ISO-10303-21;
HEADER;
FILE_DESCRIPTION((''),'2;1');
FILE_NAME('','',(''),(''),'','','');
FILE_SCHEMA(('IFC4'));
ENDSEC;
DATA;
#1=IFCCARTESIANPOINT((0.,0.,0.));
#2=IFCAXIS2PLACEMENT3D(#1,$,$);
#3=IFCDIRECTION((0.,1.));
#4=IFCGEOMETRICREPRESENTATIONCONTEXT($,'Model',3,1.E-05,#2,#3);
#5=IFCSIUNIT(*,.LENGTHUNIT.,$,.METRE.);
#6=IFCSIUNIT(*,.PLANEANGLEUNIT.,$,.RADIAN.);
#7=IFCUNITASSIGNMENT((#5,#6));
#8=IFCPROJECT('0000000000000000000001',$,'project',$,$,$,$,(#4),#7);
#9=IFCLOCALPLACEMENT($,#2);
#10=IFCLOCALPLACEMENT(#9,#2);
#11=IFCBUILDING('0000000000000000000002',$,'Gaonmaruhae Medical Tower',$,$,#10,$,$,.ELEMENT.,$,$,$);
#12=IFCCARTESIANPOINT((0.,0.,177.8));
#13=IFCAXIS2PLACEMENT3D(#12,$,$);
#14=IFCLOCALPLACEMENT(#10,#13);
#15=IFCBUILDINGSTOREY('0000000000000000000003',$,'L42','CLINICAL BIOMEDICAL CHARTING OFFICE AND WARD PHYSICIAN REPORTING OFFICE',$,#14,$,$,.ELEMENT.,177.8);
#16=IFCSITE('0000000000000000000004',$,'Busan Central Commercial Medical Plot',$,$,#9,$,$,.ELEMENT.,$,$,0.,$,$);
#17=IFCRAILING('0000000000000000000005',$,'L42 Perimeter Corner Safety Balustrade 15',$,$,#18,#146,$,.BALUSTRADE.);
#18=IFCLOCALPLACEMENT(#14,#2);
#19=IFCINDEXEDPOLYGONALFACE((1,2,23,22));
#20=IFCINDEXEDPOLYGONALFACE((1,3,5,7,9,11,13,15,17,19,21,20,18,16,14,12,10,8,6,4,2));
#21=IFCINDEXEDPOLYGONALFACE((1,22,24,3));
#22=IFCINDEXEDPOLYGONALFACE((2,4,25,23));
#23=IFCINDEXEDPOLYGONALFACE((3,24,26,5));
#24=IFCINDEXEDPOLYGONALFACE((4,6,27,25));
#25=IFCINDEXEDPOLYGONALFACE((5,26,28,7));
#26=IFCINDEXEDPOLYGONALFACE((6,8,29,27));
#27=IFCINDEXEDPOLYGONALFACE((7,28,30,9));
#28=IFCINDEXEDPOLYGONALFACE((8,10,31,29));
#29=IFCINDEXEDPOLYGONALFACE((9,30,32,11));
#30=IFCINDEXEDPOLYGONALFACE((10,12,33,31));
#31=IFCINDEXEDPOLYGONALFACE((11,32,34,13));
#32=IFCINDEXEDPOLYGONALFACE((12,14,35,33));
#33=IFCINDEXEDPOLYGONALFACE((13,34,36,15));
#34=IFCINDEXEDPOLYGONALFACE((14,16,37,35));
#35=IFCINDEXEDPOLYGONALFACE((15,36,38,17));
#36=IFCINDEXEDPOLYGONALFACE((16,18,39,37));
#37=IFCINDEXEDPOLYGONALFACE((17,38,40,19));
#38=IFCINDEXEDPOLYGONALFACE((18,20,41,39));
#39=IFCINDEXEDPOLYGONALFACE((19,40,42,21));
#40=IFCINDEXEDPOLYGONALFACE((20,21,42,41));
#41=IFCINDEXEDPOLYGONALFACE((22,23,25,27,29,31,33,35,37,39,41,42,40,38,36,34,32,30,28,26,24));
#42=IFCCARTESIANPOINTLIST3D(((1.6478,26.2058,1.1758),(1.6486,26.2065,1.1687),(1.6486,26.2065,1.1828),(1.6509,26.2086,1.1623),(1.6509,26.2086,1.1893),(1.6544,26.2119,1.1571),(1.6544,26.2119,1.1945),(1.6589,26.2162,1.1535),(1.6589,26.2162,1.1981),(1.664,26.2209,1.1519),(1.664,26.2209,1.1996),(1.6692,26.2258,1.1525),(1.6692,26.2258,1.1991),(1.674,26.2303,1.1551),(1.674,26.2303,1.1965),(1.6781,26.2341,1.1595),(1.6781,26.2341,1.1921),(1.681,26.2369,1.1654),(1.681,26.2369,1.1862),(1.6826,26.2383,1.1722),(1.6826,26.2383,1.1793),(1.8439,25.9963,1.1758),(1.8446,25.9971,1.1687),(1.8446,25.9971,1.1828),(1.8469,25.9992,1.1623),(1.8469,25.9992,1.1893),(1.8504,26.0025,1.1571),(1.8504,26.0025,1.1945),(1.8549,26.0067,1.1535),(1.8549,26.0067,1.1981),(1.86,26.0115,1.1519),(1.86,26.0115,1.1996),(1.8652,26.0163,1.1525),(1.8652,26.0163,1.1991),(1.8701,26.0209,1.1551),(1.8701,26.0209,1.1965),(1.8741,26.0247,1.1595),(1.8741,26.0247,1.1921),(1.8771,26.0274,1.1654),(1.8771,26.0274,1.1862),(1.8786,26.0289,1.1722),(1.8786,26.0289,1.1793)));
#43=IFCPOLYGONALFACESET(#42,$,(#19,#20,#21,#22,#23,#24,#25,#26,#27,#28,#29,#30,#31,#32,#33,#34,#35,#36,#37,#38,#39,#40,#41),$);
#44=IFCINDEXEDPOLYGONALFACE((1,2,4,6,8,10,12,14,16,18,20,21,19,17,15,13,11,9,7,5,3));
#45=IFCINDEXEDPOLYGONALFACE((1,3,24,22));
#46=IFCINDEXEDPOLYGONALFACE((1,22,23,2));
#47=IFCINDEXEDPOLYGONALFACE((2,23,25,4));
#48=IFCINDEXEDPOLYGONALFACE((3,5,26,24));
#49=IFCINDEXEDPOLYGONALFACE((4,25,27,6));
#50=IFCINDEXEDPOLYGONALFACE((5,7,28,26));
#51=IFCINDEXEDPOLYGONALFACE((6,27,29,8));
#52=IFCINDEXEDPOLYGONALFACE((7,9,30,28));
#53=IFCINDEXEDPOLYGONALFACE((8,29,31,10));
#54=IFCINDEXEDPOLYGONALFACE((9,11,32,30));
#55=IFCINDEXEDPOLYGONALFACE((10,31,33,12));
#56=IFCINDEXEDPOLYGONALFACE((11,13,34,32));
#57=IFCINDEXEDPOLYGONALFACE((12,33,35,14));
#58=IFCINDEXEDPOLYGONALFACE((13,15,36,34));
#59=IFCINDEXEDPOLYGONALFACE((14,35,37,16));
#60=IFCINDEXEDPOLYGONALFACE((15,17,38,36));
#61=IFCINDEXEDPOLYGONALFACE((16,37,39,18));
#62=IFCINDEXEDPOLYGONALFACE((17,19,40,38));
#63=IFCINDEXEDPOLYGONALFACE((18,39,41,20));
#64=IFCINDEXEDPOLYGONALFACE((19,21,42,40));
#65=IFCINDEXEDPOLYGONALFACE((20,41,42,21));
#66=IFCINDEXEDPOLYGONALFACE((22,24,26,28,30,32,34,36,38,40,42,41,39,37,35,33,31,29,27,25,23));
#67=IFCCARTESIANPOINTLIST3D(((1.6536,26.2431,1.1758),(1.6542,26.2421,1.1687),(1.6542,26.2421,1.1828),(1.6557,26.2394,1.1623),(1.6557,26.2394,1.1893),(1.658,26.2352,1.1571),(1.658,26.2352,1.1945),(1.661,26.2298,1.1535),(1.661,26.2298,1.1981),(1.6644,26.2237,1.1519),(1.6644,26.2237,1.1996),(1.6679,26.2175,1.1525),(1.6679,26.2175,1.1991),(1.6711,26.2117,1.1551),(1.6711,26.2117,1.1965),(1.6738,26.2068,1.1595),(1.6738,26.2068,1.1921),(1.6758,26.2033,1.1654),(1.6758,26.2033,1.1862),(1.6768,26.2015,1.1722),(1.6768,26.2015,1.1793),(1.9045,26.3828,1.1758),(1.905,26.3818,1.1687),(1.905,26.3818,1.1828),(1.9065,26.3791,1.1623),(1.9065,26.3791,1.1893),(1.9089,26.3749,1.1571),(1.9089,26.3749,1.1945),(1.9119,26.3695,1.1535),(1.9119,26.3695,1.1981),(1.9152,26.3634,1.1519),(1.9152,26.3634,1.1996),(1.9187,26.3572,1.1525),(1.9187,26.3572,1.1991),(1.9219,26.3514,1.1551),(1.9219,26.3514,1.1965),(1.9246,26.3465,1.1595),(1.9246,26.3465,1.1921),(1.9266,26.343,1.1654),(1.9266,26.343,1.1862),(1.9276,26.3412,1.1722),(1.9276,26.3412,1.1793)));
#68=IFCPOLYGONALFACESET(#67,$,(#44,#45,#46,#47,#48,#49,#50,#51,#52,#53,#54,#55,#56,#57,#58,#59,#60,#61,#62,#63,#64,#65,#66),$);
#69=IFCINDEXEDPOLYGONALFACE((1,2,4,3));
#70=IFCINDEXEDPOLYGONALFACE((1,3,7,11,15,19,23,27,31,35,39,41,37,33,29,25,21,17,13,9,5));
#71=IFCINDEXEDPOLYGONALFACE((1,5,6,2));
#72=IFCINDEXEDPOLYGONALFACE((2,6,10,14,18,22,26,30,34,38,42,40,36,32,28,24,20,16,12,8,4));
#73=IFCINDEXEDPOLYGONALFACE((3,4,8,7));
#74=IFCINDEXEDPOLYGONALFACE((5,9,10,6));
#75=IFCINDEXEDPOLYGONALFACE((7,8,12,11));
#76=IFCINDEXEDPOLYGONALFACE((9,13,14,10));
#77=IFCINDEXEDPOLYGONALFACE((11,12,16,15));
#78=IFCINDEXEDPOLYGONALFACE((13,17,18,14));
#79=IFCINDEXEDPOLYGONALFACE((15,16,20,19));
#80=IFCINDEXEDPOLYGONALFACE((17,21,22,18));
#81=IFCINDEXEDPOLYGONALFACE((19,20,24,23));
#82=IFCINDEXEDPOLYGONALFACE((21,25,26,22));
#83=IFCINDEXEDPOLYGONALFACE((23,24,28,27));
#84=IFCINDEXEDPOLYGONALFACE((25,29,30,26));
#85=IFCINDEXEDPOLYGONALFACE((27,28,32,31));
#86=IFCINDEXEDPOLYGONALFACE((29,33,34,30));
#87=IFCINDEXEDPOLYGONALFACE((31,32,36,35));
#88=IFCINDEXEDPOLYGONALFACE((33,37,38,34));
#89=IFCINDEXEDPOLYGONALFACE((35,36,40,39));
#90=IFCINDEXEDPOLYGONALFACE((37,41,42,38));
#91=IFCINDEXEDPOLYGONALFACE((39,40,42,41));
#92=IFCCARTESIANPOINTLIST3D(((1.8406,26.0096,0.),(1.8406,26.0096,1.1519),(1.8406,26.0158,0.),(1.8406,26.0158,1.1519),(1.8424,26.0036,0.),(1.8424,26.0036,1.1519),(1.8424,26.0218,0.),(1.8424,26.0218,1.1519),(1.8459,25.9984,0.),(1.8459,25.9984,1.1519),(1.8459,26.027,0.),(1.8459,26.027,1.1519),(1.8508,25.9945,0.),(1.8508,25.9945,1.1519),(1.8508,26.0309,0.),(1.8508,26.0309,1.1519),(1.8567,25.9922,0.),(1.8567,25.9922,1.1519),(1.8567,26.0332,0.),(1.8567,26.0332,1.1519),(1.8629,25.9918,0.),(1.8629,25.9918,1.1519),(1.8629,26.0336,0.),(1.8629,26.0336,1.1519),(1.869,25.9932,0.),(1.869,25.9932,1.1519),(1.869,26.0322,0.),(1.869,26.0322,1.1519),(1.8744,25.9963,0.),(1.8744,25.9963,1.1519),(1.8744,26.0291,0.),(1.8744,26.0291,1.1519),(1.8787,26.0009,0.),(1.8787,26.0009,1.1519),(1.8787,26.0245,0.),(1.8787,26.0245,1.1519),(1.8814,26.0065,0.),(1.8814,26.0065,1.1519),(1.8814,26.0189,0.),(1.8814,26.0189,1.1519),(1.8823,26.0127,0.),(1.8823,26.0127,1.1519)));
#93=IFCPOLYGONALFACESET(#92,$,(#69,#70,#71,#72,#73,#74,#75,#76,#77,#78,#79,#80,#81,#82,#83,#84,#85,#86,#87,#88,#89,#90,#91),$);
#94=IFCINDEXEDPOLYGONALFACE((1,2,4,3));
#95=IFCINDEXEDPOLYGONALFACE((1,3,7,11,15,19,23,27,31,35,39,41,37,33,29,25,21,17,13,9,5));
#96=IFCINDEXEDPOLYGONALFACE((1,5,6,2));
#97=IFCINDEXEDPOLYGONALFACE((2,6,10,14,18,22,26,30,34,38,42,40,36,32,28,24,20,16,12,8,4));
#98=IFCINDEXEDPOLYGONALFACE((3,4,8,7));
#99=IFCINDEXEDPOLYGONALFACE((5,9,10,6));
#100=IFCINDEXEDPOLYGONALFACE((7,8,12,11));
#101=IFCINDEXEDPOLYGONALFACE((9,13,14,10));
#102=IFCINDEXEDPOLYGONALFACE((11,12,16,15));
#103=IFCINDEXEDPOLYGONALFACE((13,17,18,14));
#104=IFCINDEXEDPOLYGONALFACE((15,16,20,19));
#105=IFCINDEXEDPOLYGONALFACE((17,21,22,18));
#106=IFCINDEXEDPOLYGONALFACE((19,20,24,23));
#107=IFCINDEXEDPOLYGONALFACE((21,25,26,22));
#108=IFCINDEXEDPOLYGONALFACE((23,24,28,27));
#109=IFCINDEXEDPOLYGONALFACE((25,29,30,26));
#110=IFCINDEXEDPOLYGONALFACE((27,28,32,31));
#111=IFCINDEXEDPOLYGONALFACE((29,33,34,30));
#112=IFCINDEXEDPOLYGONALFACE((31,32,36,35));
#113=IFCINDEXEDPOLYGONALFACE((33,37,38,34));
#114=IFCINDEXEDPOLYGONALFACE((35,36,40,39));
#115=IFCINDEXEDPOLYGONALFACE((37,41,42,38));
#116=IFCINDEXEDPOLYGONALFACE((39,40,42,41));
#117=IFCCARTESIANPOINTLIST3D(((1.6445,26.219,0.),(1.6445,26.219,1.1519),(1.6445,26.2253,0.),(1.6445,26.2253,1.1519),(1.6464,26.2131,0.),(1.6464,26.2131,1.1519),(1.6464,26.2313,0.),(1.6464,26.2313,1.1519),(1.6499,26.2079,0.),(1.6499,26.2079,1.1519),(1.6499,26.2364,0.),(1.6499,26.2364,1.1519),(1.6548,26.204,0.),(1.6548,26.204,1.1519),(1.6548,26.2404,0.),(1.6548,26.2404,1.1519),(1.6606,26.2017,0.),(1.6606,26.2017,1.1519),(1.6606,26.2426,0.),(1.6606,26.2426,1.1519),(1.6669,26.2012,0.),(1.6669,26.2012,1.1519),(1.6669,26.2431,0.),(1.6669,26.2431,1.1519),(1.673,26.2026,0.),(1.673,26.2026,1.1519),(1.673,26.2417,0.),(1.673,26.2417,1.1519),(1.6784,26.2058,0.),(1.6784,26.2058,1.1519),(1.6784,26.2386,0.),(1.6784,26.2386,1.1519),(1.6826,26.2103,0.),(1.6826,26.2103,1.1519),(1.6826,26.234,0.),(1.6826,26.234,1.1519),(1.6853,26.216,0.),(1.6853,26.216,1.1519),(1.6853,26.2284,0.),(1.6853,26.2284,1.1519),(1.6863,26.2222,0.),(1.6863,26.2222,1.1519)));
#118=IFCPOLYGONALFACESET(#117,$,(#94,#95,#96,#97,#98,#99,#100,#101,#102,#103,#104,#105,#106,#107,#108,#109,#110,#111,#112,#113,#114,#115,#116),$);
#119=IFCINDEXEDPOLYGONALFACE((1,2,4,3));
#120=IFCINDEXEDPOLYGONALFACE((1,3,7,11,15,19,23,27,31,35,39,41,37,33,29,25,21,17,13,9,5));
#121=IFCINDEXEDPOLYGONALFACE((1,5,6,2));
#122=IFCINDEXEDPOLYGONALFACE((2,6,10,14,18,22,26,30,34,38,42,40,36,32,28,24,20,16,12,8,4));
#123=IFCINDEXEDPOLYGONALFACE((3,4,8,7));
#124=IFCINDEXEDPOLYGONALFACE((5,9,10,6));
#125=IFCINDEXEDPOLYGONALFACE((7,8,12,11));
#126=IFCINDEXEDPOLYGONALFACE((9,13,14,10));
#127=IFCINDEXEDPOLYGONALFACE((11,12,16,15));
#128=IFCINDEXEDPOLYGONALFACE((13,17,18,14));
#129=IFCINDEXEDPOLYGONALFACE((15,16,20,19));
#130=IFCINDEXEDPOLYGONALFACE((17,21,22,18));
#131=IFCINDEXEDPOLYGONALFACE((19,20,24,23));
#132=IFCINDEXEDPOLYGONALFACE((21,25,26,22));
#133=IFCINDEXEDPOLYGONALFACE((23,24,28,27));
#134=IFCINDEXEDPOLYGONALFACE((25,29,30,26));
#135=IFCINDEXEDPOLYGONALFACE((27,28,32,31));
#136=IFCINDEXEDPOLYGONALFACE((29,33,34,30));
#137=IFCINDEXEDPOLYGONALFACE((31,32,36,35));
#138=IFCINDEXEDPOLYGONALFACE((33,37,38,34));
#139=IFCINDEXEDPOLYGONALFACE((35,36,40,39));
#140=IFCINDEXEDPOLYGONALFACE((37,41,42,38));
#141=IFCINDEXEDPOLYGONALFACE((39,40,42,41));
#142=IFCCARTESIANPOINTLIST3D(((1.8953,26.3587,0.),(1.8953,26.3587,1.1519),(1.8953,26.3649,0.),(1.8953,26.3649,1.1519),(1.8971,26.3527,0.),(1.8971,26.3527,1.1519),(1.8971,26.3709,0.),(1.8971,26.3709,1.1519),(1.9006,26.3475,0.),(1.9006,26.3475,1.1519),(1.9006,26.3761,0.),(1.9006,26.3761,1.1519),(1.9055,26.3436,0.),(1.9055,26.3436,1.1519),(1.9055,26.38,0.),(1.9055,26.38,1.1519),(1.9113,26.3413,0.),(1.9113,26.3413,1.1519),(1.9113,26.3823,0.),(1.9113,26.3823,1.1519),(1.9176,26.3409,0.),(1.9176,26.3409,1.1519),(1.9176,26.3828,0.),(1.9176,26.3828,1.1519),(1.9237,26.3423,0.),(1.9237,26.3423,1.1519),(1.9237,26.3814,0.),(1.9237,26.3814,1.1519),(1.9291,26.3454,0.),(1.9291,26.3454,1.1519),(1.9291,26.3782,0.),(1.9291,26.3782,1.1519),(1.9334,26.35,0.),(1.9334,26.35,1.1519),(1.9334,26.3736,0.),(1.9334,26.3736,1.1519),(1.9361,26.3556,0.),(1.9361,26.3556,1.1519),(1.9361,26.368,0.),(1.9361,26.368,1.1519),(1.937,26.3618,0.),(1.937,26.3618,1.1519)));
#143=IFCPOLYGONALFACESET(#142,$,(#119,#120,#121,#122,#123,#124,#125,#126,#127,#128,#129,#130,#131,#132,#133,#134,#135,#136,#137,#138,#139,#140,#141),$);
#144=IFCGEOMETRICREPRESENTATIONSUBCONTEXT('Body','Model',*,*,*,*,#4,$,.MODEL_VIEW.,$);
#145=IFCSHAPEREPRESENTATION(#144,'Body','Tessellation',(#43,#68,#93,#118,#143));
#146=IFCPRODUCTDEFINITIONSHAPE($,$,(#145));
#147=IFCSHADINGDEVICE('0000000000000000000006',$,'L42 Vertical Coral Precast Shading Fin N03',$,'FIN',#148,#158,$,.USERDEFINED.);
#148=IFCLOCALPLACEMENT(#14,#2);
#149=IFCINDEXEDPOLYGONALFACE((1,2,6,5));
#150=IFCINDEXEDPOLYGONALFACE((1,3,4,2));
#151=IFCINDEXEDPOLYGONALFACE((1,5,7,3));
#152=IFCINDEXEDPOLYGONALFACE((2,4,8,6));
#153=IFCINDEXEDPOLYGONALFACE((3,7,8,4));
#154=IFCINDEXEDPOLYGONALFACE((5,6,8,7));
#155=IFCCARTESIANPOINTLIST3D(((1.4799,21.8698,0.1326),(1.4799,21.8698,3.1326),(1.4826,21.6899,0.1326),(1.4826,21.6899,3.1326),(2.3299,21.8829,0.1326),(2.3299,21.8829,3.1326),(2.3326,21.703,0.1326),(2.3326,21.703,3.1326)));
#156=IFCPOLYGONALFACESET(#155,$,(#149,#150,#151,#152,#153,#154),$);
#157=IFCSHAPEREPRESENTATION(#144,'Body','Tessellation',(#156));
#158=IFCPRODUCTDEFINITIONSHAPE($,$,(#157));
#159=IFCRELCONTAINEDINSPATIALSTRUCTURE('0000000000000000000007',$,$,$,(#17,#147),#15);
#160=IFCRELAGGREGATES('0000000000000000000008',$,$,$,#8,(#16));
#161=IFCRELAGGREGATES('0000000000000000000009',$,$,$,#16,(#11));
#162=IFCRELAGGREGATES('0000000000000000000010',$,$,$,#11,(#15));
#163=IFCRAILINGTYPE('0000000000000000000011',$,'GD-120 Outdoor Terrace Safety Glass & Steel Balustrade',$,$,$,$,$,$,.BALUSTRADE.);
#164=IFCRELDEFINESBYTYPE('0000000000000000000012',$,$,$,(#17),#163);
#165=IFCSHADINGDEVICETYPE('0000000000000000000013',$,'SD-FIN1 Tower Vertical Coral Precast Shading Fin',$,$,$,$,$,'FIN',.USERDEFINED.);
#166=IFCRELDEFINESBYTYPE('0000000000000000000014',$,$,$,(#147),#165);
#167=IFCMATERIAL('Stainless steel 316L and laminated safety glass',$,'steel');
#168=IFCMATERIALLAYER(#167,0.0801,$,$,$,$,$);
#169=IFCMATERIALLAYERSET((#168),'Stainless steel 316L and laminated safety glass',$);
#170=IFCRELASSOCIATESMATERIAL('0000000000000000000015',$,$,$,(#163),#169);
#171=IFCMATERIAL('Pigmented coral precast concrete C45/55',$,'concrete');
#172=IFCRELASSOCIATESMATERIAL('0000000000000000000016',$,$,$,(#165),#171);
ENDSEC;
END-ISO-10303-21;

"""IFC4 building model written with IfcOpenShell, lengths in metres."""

from ifc_helpers import new_model, si_unit, direction, frame, origin, origin_2d, place, context, subcontext, project, spatial, rectangle, circle, extrude, material, layer, layer_set, type_object, element, save


model = new_model("IFC4")

# Units and contexts
model_context = context("Model", 3, precision=1e-05, world=origin(), true_north=direction((0.0, 1.0)))
body_context = subcontext(model_context, "Body", "Model", "MODEL_VIEW")
ifc_project = project(units=[si_unit("LENGTHUNIT", "METRE"), si_unit("PLANEANGLEUNIT", "RADIAN")], contexts=[model_context])

# Site, building, storey
site_placement = place(None, origin())
site = spatial("IfcSite", under=ifc_project, at=site_placement, Name="Busan Central Commercial Medical Plot", CompositionType="ELEMENT", RefElevation=0.0)
building_placement = place(site_placement, origin())
building = spatial("IfcBuilding", under=site, at=building_placement, Name="Gaonmaruhae Medical Tower", CompositionType="ELEMENT")
storey_placement = place(building_placement, frame((0.0, 0.0, 177.8)))
storey = spatial("IfcBuildingStorey", under=building, at=storey_placement, Name="L42", Description="CLINICAL BIOMEDICAL CHARTING OFFICE AND WARD PHYSICIAN REPORTING OFFICE", CompositionType="ELEMENT", Elevation=177.8)

# Railing
ifc_material_1 = material(Name="Stainless steel 316L and laminated safety glass", Category="steel")
ifc_layer_1 = layer(ifc_material_1, 0.0801)
ifc_layer_set_1 = layer_set([ifc_layer_1], Name="Stainless steel 316L and laminated safety glass")
railing_type = type_object("IfcRailingType", Name="GD-120 Outdoor Terrace Safety Glass & Steel Balustrade", PredefinedType="BALUSTRADE", material=ifc_layer_set_1)
railing_1_placement = place(storey_placement, frame((1.8613, 26.0127, 0.0)))
element("IfcRailing", 1, at=railing_1_placement, inside=storey, type_object=railing_type, Name="L42 Perimeter Corner Safety Balustrade 15", PredefinedType="BALUSTRADE", context=body_context, shape_type="SweptSolid", body=[
    extrude(circle(Radius=0.0239, at=origin_2d()), frame((0.0, 0.0, 1.1758), z_axis=(-0.683318, 0.730121, 0.0), x_axis=(-0.730121, -0.683318, 0.0)), (0.0, 0.0, 1.0), 0.2869),
    extrude(circle(Radius=0.0239, at=origin_2d()), frame((-0.196, 0.2095, 1.1758), z_axis=(0.873635, 0.486582, 0.0), x_axis=(-0.486582, 0.873635, 0.0)), (0.0, 0.0, 1.0), 0.2871),
    extrude(circle(Radius=0.021, at=origin_2d()), origin(), (0.0, 0.0, 1.0), 1.1519),
    extrude(circle(Radius=0.021, at=origin_2d()), frame((-0.196, 0.2095, 0.0)), (0.0, 0.0, 1.0), 1.1519),
    extrude(circle(Radius=0.021, at=origin_2d()), frame((0.0547, 0.3491, 0.0)), (0.0, 0.0, 1.0), 1.1519),
])

# Shading device
ifc_material_2 = material(Name="Pigmented coral precast concrete C45/55", Category="concrete")
shading_device_type = type_object("IfcShadingDeviceType", Name="SD-FIN1 Tower Vertical Coral Precast Shading Fin", ElementType="FIN", PredefinedType="USERDEFINED", material=ifc_material_2)
shading_device_placement = place(storey_placement, frame((1.9062, 21.7864, 0.1326), z_axis=(0.0, 0.0, 1.0), x_axis=(-0.015393, 0.999882, 0.0)))
element("IfcShadingDevice", 2, at=shading_device_placement, inside=storey, type_object=shading_device_type, Name="L42 Vertical Coral Precast Shading Fin N03", ObjectType="FIN", PredefinedType="USERDEFINED", context=body_context, shape_type="SweptSolid", body=[
    extrude(rectangle(XDim=0.1799, YDim=0.8501, at=origin_2d()), origin(), (0.0, 0.0, 1.0), 3.0),
])

save(model, "model.ifc")
